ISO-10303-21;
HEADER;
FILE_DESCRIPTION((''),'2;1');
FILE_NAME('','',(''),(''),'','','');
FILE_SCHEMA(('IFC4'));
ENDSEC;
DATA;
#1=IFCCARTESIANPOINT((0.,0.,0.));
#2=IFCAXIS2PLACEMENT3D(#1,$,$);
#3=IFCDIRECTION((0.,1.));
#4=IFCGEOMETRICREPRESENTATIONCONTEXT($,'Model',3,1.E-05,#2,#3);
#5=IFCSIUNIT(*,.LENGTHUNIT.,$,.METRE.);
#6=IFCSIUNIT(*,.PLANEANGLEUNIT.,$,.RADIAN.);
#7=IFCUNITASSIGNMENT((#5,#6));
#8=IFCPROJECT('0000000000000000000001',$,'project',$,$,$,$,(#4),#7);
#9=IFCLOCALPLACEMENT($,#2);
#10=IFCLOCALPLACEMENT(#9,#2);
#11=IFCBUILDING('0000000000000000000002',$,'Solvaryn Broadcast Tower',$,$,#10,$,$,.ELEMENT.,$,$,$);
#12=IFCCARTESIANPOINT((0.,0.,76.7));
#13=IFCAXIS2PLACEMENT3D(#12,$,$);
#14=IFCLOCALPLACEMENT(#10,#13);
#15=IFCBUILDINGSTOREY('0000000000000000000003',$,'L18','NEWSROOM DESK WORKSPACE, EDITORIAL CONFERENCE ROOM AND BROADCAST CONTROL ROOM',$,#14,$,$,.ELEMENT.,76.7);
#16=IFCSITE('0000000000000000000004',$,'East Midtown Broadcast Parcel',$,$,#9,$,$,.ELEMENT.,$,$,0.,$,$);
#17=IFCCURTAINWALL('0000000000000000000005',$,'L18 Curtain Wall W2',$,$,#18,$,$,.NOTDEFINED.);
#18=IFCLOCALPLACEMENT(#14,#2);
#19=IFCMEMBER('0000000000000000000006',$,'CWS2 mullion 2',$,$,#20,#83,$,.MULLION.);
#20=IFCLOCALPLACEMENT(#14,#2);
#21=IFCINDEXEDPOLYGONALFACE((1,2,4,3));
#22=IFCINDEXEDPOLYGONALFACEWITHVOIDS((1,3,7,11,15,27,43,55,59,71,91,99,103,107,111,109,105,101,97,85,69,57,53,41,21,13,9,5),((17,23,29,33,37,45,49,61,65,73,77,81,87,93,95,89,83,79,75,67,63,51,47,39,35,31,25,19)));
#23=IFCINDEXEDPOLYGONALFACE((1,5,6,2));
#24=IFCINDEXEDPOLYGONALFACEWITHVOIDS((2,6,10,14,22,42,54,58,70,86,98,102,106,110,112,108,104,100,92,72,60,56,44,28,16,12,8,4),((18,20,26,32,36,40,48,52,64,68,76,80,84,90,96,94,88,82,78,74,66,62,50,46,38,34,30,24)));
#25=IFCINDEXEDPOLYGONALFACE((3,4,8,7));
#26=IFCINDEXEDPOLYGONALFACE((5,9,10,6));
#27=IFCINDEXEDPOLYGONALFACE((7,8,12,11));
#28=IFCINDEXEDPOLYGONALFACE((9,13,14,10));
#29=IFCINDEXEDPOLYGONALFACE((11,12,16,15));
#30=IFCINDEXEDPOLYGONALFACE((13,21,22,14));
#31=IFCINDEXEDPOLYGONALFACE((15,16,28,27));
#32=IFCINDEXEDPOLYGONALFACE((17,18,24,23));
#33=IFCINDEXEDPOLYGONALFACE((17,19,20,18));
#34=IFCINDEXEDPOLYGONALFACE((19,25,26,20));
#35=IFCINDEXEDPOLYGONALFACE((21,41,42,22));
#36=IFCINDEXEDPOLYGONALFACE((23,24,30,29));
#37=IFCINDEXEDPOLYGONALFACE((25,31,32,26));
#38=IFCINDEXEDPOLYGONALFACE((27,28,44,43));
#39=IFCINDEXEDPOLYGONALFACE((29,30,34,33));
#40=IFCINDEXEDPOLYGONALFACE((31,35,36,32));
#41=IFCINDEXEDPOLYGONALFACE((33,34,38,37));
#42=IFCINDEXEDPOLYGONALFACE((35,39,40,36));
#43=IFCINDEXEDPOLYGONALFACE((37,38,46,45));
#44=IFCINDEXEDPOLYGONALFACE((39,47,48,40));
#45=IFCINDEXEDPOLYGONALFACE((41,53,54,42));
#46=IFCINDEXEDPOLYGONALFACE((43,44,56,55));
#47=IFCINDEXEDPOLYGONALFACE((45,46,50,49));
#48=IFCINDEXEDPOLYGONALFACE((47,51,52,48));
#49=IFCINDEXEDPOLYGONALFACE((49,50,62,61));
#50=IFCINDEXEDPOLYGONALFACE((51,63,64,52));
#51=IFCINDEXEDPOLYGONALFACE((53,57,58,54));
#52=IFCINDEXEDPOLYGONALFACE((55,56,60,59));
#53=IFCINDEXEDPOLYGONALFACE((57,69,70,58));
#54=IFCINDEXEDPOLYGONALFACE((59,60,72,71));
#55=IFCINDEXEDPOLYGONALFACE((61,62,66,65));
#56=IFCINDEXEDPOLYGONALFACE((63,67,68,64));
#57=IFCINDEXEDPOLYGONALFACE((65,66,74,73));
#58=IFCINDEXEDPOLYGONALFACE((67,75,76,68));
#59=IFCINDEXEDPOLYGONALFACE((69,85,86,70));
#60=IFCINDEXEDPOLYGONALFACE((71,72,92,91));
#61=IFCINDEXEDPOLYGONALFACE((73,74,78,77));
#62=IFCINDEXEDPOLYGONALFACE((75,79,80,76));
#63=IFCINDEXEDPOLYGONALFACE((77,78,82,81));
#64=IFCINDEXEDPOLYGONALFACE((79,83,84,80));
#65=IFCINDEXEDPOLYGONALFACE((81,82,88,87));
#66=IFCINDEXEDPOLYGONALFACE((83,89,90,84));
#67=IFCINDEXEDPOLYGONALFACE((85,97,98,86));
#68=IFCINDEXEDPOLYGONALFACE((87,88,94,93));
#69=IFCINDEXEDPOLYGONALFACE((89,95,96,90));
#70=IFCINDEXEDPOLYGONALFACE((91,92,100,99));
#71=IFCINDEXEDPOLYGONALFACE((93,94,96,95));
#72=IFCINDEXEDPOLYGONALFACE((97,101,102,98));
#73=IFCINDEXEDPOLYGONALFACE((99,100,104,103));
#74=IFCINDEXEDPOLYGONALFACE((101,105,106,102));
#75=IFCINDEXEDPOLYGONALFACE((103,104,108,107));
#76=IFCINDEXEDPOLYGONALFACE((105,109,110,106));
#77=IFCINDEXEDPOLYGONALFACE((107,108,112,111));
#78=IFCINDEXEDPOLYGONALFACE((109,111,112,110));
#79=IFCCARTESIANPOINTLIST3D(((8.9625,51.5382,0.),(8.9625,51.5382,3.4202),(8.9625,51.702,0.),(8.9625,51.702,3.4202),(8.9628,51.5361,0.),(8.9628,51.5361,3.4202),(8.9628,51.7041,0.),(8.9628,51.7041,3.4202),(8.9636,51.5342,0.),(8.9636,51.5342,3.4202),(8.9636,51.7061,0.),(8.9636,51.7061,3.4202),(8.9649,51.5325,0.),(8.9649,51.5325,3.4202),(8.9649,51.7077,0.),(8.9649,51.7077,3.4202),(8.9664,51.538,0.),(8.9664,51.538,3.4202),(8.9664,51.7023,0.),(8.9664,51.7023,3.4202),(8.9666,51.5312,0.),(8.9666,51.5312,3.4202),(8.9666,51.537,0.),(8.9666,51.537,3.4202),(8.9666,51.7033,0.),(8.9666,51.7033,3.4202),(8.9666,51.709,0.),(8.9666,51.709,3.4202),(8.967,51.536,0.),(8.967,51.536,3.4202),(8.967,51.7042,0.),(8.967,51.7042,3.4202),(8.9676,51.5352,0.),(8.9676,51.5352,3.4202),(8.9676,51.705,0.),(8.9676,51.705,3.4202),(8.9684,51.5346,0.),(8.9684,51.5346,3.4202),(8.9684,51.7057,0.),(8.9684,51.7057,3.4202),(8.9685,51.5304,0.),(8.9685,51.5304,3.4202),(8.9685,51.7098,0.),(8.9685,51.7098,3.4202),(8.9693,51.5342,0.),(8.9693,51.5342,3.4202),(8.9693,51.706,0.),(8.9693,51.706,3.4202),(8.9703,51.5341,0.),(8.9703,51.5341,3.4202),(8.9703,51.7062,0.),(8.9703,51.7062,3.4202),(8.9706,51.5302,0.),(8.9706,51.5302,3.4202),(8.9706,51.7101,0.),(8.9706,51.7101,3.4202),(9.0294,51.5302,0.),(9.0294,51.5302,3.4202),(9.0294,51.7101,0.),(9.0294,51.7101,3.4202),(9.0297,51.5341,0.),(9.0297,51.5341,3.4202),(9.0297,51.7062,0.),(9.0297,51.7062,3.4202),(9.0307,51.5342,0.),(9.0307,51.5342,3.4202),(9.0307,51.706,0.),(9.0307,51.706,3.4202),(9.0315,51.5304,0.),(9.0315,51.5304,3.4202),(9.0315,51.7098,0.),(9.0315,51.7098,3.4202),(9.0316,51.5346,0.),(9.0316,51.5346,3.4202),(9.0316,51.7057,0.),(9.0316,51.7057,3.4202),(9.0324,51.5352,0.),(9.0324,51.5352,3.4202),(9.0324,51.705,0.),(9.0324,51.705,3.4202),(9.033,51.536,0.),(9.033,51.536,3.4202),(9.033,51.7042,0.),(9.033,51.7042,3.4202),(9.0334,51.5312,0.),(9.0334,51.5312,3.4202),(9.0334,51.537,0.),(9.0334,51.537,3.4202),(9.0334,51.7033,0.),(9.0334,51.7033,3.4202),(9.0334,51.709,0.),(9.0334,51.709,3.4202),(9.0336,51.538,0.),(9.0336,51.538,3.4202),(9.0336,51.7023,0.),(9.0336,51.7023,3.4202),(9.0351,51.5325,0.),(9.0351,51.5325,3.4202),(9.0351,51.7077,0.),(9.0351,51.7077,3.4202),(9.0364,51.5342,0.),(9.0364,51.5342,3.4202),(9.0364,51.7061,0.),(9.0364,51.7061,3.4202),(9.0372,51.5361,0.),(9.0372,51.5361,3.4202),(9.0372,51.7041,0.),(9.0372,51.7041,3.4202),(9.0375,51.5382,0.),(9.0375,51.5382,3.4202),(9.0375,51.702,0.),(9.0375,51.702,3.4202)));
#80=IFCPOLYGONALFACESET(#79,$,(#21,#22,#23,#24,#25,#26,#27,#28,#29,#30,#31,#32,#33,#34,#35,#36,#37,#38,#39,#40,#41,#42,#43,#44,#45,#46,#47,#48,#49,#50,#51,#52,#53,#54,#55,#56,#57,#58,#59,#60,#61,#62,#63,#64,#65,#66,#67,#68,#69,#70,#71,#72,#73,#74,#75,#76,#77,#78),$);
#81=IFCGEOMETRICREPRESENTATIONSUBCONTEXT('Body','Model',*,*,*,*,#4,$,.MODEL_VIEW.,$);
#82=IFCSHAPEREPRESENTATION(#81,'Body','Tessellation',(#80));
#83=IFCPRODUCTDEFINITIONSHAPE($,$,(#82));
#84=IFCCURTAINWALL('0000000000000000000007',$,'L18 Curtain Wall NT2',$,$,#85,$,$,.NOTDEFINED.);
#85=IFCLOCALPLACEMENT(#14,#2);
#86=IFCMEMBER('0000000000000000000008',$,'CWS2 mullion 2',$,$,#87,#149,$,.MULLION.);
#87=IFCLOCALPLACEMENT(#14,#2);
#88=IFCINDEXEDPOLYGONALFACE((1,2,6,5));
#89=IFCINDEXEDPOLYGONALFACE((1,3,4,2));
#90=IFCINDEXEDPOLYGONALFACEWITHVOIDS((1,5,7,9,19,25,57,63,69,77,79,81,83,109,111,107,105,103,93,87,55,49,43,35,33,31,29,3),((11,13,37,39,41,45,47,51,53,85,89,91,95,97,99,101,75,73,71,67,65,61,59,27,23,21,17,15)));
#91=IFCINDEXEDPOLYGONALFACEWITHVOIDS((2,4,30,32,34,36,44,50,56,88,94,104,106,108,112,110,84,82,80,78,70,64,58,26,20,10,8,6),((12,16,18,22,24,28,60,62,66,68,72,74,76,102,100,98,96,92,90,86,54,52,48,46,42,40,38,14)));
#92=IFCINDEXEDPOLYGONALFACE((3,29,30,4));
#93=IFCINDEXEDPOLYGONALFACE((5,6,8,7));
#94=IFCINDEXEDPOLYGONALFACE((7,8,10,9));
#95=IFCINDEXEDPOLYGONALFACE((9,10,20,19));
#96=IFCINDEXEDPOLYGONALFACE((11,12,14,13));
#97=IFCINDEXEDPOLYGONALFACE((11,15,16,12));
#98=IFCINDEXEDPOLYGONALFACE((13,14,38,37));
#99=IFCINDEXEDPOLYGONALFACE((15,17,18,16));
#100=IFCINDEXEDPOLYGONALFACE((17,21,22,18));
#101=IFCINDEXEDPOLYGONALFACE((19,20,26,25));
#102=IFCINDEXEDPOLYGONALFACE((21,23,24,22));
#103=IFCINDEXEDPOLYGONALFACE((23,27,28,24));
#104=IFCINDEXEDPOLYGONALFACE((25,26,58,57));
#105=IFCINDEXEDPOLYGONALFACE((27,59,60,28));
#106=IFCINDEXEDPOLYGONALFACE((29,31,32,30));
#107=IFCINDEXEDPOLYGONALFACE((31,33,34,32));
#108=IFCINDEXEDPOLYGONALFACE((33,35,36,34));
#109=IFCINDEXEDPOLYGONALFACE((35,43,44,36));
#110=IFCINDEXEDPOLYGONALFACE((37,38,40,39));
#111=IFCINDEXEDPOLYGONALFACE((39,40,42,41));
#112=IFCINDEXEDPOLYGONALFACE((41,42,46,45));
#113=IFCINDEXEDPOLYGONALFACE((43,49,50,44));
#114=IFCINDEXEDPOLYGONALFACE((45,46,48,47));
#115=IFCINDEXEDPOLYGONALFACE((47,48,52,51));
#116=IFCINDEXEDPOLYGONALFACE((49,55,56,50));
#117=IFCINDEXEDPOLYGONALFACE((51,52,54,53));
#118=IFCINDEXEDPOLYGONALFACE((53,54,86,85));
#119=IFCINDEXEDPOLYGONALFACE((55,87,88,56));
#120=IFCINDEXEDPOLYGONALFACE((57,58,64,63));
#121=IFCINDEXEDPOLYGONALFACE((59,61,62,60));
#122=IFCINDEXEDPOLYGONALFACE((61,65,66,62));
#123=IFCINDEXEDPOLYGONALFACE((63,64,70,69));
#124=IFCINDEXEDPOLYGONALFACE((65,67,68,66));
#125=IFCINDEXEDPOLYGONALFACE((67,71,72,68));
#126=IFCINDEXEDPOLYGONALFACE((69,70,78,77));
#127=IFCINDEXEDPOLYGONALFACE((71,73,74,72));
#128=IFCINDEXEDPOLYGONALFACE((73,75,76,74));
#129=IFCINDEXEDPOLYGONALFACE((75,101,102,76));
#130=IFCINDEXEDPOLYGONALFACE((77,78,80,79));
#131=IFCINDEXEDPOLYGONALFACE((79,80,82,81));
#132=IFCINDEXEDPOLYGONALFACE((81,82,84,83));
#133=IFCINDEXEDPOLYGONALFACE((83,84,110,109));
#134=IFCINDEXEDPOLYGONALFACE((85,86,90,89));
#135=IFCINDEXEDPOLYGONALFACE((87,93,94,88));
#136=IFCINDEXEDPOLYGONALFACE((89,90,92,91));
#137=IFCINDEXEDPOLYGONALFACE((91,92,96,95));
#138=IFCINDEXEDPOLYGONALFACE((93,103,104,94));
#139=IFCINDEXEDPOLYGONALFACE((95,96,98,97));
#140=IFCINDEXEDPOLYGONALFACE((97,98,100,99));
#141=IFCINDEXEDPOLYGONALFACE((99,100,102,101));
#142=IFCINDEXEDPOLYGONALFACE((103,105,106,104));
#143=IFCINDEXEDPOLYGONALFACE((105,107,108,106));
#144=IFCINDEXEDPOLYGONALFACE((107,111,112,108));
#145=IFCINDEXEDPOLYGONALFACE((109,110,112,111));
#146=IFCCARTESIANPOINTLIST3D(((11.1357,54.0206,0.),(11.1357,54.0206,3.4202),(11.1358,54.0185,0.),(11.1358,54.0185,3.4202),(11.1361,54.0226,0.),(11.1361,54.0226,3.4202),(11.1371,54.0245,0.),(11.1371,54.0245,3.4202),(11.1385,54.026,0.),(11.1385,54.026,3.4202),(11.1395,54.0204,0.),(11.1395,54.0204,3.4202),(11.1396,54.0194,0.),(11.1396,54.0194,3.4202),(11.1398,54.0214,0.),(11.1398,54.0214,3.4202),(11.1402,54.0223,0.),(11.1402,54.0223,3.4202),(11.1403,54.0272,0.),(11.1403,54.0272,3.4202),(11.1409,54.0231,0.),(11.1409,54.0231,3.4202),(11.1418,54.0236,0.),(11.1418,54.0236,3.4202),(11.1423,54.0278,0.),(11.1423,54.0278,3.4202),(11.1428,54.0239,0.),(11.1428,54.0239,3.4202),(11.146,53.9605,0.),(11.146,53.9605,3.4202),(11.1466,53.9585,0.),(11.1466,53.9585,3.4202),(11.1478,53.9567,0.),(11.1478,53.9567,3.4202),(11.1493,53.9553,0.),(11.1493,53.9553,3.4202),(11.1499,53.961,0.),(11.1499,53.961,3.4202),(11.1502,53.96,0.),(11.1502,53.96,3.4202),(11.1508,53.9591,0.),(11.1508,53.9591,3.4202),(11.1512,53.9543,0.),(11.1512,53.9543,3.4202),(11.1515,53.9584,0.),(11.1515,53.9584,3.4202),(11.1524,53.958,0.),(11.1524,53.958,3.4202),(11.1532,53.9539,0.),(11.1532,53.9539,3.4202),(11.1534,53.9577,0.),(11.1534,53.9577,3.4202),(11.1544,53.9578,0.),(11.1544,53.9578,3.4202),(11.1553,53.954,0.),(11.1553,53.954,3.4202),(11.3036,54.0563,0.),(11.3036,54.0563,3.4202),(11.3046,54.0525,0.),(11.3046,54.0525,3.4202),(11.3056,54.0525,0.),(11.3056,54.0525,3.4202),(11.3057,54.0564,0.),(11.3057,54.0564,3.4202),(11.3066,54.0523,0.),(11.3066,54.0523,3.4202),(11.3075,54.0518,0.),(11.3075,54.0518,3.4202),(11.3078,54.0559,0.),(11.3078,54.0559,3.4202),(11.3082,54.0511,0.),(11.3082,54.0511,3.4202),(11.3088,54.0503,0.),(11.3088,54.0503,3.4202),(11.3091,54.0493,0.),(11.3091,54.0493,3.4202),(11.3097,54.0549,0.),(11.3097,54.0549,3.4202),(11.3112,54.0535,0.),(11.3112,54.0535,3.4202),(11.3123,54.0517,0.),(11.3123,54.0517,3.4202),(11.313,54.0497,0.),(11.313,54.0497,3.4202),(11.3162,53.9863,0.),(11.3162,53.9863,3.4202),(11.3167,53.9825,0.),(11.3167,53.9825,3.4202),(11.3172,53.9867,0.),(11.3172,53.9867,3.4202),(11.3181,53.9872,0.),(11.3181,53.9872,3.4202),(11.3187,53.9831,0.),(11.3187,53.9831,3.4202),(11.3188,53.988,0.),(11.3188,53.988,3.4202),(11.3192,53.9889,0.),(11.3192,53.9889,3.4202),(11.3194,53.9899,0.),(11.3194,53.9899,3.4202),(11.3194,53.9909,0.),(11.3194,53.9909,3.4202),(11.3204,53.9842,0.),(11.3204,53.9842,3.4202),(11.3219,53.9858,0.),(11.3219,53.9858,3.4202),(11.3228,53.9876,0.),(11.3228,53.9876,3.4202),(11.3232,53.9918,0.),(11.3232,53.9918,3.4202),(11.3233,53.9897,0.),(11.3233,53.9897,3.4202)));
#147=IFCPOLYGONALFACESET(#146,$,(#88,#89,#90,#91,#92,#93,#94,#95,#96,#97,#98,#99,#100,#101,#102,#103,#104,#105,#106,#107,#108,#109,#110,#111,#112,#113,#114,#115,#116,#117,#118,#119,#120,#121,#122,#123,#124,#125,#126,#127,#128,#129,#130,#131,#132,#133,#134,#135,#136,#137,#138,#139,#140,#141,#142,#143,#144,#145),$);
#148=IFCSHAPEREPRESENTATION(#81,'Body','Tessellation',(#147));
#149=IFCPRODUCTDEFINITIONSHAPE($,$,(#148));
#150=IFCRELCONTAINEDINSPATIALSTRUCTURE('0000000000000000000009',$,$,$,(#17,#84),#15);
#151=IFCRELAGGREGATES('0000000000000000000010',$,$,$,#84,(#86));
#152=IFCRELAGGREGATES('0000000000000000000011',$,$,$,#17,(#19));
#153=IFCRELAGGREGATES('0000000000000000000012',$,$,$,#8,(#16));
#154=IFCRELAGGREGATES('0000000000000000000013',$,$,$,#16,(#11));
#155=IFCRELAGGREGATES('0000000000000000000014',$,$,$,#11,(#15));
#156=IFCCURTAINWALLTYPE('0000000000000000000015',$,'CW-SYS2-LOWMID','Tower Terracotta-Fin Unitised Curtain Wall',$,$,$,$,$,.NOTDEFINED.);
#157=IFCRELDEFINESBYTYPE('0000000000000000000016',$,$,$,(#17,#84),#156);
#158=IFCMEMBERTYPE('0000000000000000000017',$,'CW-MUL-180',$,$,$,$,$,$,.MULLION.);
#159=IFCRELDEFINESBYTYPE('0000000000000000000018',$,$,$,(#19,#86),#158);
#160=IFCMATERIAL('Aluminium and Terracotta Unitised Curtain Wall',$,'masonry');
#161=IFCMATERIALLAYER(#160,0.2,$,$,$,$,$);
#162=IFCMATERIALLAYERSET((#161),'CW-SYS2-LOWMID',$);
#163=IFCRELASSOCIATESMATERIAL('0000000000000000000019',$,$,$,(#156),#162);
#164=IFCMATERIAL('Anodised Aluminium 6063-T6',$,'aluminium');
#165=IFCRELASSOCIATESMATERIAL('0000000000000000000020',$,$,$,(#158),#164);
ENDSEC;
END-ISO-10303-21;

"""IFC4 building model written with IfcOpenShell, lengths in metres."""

from ifc_helpers import new_model, si_unit, direction, frame, origin, origin_2d, place, context, subcontext, project, spatial, hollow_rectangle, extrude, material, layer, layer_set, material_profile, profile_set, type_object, element, aggregate, save


model = new_model("IFC4")

# Units and contexts
model_context = context("Model", 3, precision=1e-05, world=origin(), true_north=direction((0.0, 1.0)))
body_context = subcontext(model_context, "Body", "Model", "MODEL_VIEW")
ifc_project = project(units=[si_unit("LENGTHUNIT", "METRE"), si_unit("PLANEANGLEUNIT", "RADIAN")], contexts=[model_context])

# Site, building, storey
site_placement = place(None, origin())
site = spatial("IfcSite", under=ifc_project, at=site_placement, Name="East Midtown Broadcast Parcel", CompositionType="ELEMENT", RefElevation=0.0)
building_placement = place(site_placement, origin())
building = spatial("IfcBuilding", under=site, at=building_placement, Name="Solvaryn Broadcast Tower", CompositionType="ELEMENT")
storey_placement = place(building_placement, frame((0.0, 0.0, 76.7)))
storey = spatial("IfcBuildingStorey", under=building, at=storey_placement, Name="L18", Description="NEWSROOM DESK WORKSPACE, EDITORIAL CONFERENCE ROOM AND BROADCAST CONTROL ROOM", CompositionType="ELEMENT", Elevation=76.7)

# Shared definitions
ifc_material_1 = material(Name="Aluminium and Terracotta Unitised Curtain Wall", Category="masonry")
ifc_layer_1 = layer(ifc_material_1, 0.2)
ifc_layer_set_1 = layer_set([ifc_layer_1], Name="CW-SYS2-LOWMID")
curtain_wall_type = type_object("IfcCurtainWallType", Name="CW-SYS2-LOWMID", Description="Tower Terracotta-Fin Unitised Curtain Wall", PredefinedType="NOTDEFINED", material=ifc_layer_set_1)
ifc_material_2 = material(Name="Anodised Aluminium 6063-T6", Category="aluminium")
ifc_material_profile_1 = material_profile(ifc_material_2, hollow_rectangle(XDim=0.075, YDim=0.1799, WallThickness=0.0039, InnerFilletRadius=0.0039, OuterFilletRadius=0.0081, at=origin_2d()))
ifc_profile_set_1 = profile_set([ifc_material_profile_1], Name="Anodised Aluminium 6063-T6")
member_type_1 = type_object("IfcMemberType", Name="CW-MUL-180", PredefinedType="MULLION", material=ifc_profile_set_1)

# Curtain wall, member
curtain_wall_1_placement = place(storey_placement, origin())
curtain_wall_1 = element("IfcCurtainWall", 1, at=curtain_wall_1_placement, inside=storey, type_object=curtain_wall_type, Name="L18 Curtain Wall W2", PredefinedType="NOTDEFINED")
member_1_placement = place(storey_placement, frame((9.0, 51.6201, 0.0), z_axis=(0.0, 0.0, 1.0), x_axis=(-1.0, 0.0, 0.0)))
member_1 = element("IfcMember", 2, at=member_1_placement, type_object=member_type_1, Name="CWS2 mullion 2", PredefinedType="MULLION", context=body_context, shape_type="SweptSolid", body=[
    extrude(hollow_rectangle(XDim=0.075, YDim=0.1799, WallThickness=0.0039, InnerFilletRadius=0.0039, OuterFilletRadius=0.0081, at=origin_2d()), origin(), (0.0, 0.0, 1.0), 3.4202),
])

# Curtain wall, member
curtain_wall_2_placement = place(storey_placement, origin())
curtain_wall_2 = element("IfcCurtainWall", 3, at=curtain_wall_2_placement, inside=storey, type_object=curtain_wall_type, Name="L18 Curtain Wall NT2", PredefinedType="NOTDEFINED")
member_2_placement = place(storey_placement, frame((11.2295, 54.0051, 0.0), z_axis=(0.0, 0.0, 1.0), x_axis=(0.173785, -0.984784, 0.0)))
member_2 = element("IfcMember", 4, at=member_2_placement, type_object=member_type_1, Name="CWS2 mullion 2", PredefinedType="MULLION", context=body_context, shape_type="SweptSolid", body=[
    extrude(hollow_rectangle(XDim=0.075, YDim=0.1799, WallThickness=0.0039, InnerFilletRadius=0.0039, OuterFilletRadius=0.0081, at=origin_2d()), origin(), (0.0, 0.0, 1.0), 3.4202),
])
aggregate(curtain_wall_2, [member_2])

aggregate(curtain_wall_1, [member_1])

save(model, "model.ifc")
